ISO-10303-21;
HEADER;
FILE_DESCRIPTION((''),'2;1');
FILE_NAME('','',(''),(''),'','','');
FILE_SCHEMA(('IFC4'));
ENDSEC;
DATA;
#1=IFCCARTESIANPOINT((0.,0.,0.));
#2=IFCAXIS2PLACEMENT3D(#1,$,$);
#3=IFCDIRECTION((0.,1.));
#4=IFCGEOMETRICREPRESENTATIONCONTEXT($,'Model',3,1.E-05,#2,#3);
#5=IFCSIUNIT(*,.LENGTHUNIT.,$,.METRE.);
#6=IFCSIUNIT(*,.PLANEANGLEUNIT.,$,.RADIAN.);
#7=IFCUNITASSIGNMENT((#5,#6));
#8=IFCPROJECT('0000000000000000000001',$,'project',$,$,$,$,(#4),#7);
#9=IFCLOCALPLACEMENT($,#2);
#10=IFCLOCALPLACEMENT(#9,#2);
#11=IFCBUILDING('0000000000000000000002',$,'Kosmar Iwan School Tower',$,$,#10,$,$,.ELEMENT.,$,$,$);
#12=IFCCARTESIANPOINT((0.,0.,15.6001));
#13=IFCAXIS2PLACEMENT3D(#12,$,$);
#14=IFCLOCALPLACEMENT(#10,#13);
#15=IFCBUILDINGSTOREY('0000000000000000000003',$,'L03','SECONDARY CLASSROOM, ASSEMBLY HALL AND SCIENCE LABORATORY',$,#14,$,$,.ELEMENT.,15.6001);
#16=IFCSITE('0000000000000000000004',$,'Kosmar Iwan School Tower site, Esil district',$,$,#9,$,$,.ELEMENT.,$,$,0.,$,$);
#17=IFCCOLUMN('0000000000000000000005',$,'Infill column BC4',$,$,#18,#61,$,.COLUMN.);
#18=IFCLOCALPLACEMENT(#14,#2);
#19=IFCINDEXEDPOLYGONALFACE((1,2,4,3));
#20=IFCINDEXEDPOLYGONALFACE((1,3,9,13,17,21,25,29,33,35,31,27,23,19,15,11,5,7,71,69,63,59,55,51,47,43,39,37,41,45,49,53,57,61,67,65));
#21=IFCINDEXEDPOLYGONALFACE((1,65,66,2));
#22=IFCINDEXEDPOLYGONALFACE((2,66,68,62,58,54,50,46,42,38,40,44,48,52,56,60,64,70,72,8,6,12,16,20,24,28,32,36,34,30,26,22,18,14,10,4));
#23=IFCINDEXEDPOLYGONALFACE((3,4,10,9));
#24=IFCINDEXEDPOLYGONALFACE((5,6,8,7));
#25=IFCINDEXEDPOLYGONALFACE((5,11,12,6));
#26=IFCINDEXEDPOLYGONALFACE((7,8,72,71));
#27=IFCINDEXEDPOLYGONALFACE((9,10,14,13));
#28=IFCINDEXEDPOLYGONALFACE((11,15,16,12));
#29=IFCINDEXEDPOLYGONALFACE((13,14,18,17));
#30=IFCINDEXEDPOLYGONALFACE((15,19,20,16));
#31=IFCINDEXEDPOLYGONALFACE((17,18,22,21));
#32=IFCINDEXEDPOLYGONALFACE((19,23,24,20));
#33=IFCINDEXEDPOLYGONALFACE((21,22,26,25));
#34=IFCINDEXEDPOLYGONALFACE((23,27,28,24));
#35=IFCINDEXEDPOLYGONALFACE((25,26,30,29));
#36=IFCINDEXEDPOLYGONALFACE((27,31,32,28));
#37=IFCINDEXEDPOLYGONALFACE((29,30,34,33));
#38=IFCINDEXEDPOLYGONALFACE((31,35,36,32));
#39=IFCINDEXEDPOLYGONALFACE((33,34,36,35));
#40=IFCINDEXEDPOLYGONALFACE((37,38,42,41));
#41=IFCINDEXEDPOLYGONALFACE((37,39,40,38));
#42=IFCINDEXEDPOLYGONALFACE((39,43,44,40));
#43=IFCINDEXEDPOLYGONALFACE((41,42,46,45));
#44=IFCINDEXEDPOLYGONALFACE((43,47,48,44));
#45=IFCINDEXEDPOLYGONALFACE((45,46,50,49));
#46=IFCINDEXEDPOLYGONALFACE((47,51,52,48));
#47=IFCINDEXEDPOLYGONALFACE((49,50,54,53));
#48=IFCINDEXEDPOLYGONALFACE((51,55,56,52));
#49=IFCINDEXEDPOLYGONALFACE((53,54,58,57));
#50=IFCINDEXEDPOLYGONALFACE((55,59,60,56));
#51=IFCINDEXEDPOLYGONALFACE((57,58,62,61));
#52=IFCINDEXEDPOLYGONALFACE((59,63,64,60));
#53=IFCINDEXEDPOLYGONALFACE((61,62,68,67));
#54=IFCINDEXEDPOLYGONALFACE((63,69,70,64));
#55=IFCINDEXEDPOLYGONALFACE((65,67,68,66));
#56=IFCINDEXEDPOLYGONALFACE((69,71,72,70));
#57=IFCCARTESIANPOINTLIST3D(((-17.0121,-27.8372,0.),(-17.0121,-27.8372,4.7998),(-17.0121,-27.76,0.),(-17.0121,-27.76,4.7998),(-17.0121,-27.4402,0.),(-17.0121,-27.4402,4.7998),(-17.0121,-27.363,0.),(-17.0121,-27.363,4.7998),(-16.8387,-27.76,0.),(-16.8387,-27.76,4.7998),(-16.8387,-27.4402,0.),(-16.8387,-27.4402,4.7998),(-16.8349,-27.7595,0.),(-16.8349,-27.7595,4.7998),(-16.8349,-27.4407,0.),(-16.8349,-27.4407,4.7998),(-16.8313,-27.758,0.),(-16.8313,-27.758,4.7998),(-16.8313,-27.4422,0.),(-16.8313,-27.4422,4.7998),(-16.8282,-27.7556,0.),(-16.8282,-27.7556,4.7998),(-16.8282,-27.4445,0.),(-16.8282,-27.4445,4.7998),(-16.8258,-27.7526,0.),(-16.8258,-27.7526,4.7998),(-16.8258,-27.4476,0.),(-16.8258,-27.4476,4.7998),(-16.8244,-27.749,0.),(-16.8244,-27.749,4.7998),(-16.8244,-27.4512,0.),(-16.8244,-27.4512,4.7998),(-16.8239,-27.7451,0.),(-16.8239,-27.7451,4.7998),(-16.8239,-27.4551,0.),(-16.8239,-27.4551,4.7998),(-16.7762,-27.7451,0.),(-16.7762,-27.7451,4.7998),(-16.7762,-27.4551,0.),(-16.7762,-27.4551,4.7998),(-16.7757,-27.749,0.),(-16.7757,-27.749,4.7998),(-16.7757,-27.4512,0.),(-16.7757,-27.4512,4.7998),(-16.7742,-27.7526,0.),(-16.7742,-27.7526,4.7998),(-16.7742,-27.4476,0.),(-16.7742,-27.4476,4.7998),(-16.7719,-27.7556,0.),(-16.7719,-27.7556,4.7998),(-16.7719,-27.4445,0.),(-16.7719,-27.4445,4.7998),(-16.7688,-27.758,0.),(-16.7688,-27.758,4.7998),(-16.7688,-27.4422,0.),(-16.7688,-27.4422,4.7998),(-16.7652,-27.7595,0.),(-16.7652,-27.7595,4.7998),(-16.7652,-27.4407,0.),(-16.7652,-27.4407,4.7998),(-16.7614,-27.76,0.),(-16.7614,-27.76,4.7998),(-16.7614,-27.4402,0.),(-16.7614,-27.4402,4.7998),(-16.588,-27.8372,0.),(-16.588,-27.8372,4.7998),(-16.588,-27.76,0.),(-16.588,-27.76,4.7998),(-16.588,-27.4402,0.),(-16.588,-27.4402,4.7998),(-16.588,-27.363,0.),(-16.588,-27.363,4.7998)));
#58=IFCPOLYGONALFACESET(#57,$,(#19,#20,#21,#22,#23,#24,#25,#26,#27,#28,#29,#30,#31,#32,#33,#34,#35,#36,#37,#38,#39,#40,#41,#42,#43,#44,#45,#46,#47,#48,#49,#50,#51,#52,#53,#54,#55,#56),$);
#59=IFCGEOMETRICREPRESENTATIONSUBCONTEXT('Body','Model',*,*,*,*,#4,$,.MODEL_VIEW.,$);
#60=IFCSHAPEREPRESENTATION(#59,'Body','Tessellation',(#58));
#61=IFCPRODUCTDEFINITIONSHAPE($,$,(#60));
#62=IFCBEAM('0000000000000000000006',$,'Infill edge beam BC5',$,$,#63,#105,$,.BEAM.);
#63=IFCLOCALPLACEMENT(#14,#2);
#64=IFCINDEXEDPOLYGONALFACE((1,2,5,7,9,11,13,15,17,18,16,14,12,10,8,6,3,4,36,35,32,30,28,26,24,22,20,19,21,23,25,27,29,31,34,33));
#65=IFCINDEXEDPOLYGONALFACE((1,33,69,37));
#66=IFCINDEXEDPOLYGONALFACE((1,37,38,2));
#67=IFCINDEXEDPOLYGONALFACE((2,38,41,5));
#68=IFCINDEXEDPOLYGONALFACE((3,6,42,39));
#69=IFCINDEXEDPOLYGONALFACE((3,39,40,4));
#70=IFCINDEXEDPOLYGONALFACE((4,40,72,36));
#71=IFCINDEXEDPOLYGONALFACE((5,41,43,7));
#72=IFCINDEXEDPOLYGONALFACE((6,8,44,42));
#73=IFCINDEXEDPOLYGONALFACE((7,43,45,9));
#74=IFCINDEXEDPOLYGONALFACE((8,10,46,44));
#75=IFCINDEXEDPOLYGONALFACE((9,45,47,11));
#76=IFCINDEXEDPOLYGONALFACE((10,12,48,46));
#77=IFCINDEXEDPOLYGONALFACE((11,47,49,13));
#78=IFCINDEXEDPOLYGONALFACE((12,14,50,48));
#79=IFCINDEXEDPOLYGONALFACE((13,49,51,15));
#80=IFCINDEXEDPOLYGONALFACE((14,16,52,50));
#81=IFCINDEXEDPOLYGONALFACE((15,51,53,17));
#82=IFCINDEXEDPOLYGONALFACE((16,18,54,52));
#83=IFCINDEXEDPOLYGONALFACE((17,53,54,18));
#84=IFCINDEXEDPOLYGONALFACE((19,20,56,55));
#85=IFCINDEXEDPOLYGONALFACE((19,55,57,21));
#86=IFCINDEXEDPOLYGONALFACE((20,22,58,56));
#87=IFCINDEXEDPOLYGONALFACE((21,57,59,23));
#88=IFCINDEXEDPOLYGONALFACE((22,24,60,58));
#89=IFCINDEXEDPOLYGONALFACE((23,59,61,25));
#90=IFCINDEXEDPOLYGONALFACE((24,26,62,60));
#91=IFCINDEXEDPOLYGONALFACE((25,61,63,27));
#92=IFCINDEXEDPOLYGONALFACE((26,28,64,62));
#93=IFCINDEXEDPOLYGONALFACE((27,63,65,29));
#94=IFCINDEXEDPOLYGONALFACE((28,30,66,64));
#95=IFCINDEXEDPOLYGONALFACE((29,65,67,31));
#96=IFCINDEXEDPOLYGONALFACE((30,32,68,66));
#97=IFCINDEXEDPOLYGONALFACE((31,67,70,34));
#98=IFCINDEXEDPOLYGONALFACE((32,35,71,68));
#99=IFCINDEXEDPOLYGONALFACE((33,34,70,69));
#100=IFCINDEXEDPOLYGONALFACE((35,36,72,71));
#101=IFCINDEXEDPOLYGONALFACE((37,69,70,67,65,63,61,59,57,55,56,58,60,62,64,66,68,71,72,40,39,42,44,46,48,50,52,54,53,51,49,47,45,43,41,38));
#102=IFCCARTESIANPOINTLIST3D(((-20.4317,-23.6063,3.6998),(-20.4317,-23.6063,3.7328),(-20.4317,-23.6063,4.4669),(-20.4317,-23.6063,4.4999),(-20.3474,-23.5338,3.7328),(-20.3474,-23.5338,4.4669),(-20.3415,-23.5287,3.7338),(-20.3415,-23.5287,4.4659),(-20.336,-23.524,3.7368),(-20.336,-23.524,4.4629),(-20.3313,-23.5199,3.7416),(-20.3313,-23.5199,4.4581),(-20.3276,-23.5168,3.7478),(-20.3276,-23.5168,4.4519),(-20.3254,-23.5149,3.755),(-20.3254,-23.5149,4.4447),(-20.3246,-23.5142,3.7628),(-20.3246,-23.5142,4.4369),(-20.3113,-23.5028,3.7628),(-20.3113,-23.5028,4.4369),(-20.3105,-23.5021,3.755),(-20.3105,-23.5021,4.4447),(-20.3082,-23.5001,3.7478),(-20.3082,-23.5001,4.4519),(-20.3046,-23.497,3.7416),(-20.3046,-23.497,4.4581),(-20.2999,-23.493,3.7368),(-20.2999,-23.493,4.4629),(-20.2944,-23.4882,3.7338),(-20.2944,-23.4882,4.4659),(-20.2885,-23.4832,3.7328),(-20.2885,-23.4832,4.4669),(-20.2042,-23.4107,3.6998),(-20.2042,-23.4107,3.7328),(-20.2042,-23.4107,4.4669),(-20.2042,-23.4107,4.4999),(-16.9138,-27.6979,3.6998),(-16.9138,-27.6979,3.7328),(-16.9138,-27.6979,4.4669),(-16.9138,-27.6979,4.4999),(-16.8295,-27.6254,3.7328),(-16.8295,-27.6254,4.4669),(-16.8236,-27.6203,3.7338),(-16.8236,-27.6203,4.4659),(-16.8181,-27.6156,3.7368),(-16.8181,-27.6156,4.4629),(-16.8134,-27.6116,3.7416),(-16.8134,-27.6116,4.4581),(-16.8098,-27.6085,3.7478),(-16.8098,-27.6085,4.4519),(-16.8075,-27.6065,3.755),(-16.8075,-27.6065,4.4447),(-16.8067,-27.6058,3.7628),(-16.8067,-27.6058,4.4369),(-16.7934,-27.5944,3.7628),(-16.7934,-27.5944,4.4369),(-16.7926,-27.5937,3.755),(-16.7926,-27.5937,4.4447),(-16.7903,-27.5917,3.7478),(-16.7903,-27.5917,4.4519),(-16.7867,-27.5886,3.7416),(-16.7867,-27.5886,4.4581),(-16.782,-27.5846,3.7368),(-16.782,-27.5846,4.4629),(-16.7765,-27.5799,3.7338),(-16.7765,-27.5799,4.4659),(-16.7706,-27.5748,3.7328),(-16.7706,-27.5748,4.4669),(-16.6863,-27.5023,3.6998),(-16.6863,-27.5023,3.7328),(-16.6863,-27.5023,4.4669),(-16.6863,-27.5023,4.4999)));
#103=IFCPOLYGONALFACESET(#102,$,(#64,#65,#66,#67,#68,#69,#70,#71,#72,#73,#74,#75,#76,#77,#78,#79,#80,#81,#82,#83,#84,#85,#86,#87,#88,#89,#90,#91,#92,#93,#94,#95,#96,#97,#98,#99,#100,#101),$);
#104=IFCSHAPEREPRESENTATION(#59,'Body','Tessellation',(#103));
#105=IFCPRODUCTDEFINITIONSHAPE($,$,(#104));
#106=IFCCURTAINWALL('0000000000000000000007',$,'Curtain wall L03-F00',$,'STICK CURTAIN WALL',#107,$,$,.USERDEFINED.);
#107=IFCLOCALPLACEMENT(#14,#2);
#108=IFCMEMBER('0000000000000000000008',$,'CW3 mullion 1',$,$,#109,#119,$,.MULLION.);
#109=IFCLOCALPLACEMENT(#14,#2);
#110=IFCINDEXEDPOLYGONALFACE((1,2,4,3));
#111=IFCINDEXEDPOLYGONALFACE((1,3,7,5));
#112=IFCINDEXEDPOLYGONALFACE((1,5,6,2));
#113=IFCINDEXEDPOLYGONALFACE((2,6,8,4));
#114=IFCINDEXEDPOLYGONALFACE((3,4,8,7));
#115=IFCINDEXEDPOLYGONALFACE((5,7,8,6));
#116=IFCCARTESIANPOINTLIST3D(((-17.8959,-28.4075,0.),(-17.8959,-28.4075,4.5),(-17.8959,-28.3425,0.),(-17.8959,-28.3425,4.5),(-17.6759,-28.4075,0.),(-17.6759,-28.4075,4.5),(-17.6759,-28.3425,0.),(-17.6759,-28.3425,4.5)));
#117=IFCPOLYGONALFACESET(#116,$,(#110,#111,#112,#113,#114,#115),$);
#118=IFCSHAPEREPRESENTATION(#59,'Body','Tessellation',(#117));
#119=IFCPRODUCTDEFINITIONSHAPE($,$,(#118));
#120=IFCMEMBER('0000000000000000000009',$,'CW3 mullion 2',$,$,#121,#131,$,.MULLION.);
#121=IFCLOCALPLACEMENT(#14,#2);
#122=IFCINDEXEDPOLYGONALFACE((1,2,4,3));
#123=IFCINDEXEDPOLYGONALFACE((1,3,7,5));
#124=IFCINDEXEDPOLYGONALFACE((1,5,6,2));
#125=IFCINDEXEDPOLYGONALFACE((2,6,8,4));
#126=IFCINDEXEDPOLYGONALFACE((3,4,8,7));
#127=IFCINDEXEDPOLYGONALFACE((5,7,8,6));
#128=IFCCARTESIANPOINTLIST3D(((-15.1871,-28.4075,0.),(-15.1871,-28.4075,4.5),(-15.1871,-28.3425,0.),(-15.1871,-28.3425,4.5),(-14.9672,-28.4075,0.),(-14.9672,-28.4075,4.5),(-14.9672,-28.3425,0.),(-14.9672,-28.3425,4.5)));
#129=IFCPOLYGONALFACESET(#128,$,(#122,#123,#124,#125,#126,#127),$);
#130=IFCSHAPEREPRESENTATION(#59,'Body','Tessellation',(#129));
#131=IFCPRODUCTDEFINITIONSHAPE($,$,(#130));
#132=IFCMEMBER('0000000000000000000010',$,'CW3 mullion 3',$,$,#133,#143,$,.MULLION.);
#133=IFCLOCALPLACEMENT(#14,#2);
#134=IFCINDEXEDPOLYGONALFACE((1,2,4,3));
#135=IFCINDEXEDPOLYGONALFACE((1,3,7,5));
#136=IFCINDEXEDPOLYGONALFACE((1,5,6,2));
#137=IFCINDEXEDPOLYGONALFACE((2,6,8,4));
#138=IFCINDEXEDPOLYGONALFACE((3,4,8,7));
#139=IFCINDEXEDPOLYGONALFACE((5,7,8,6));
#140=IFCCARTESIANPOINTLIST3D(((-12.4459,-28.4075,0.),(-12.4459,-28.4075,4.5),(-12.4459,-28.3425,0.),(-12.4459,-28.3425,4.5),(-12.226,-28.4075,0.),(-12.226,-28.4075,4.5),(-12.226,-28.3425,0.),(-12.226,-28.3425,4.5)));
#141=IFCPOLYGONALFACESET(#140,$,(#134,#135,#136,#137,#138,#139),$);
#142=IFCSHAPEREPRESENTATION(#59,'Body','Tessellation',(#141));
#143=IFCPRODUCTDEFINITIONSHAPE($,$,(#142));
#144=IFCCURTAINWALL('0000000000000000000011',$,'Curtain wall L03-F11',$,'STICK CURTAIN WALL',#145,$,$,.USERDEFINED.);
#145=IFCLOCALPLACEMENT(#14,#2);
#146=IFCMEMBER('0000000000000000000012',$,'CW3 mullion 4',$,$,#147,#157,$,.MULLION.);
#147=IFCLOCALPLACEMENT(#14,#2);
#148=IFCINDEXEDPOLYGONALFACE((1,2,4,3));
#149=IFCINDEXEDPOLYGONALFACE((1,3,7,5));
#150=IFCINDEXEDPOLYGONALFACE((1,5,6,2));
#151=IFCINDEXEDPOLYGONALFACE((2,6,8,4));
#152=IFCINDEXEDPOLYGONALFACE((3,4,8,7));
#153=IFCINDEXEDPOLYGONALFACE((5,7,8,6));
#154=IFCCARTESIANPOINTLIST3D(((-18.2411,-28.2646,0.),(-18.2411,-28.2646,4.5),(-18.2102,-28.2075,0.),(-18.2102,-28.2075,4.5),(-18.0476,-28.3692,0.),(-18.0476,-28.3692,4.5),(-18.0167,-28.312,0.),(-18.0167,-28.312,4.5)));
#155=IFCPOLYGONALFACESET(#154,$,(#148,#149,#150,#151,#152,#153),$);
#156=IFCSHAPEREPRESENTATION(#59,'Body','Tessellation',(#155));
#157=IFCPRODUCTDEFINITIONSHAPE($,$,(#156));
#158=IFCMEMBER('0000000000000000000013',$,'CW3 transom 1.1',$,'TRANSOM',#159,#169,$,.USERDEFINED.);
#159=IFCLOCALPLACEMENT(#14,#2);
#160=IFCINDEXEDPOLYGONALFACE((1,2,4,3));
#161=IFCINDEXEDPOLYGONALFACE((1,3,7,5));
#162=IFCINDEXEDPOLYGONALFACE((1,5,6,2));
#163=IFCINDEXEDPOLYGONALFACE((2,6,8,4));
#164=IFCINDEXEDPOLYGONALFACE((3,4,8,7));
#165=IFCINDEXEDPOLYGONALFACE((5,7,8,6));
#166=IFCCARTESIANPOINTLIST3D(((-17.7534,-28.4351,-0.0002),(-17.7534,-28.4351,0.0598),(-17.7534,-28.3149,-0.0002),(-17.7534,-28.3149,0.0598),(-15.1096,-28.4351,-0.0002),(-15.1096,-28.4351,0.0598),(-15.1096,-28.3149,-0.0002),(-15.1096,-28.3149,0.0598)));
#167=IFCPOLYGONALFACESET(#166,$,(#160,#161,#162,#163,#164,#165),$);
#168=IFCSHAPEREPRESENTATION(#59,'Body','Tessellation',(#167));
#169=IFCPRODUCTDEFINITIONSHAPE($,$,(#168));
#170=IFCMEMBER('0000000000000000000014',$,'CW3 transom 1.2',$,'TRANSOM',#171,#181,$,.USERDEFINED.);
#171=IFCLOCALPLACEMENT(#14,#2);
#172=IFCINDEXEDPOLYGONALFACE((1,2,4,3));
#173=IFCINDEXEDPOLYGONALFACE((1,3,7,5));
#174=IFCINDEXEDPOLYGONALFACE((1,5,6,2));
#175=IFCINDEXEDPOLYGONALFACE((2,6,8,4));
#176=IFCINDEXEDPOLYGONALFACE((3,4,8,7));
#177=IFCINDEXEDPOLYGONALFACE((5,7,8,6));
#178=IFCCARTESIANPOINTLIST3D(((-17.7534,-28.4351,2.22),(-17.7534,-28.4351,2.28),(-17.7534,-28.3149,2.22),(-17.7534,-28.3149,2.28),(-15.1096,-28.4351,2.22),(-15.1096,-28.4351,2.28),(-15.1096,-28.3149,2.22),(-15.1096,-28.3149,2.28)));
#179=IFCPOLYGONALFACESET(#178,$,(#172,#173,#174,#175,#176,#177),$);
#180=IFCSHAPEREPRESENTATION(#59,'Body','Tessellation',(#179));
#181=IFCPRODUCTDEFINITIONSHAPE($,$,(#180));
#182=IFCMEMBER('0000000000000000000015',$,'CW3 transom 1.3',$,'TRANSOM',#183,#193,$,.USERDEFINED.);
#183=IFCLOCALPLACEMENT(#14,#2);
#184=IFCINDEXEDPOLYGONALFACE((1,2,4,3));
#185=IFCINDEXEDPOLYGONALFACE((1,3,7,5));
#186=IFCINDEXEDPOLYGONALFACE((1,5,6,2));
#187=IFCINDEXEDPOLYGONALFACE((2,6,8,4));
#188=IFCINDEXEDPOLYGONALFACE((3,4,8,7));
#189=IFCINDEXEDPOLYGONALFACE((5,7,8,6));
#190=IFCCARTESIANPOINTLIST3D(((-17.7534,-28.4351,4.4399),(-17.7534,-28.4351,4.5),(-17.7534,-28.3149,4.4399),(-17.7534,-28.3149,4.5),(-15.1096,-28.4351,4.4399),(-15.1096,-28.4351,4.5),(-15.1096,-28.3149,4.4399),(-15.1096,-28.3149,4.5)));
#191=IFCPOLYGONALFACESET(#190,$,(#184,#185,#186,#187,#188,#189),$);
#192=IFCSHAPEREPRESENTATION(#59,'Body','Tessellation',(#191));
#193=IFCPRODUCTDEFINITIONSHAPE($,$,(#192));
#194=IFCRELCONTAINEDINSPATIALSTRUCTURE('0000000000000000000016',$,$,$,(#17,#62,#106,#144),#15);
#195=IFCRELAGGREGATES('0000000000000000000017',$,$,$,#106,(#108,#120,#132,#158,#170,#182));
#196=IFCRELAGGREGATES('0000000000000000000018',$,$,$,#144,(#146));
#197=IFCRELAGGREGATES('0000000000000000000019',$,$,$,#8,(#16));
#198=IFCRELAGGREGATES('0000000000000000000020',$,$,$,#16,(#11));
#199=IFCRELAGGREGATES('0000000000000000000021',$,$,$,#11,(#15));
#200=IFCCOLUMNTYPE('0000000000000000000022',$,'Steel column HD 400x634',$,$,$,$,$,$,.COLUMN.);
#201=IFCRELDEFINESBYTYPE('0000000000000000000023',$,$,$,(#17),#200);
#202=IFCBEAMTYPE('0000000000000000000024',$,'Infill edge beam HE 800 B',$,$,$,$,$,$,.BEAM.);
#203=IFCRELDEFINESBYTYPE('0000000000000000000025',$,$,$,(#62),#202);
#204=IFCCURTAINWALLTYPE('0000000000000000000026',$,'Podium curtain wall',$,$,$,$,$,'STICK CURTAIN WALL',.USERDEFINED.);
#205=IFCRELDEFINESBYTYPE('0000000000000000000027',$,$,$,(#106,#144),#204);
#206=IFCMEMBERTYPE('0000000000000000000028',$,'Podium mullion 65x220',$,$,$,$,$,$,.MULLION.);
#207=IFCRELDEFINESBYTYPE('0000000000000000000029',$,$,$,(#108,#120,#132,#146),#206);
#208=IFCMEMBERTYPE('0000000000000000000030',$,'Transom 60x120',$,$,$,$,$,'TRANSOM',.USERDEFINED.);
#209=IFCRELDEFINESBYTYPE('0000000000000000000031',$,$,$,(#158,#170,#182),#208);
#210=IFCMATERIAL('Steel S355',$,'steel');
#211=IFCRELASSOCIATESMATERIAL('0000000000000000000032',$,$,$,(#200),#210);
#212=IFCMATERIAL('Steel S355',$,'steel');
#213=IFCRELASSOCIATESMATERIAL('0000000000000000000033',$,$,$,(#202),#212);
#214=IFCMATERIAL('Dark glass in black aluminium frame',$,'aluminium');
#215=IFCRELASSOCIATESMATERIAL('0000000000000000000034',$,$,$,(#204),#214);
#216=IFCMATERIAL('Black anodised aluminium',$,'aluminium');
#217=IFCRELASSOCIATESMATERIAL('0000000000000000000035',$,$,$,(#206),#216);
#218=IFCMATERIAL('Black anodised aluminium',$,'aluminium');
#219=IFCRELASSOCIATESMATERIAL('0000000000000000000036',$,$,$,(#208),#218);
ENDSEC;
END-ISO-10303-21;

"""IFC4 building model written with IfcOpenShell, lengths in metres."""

from ifc_helpers import new_model, si_unit, direction, frame, origin, origin_2d, place, context, subcontext, project, spatial, rectangle, i_section, extrude, material, material_profile, profile_set, type_object, element, aggregate, save


model = new_model("IFC4")

# Units and contexts
model_context = context("Model", 3, precision=1e-05, world=origin(), true_north=direction((0.0, 1.0)))
body_context = subcontext(model_context, "Body", "Model", "MODEL_VIEW")
ifc_project = project(units=[si_unit("LENGTHUNIT", "METRE"), si_unit("PLANEANGLEUNIT", "RADIAN")], contexts=[model_context])

# Site, building, storey
site_placement = place(None, origin())
site = spatial("IfcSite", under=ifc_project, at=site_placement, Name="Kosmar Iwan School Tower site, Esil district", CompositionType="ELEMENT", RefElevation=0.0)
building_placement = place(site_placement, origin())
building = spatial("IfcBuilding", under=site, at=building_placement, Name="Kosmar Iwan School Tower", CompositionType="ELEMENT")
storey_placement = place(building_placement, frame((0.0, 0.0, 15.6001)))
storey = spatial("IfcBuildingStorey", under=building, at=storey_placement, Name="L03", Description="SECONDARY CLASSROOM, ASSEMBLY HALL AND SCIENCE LABORATORY", CompositionType="ELEMENT", Elevation=15.6001)

# Column
ifc_material_1 = material(Name="Steel S355", Category="steel")
ifc_material_profile_1 = material_profile(ifc_material_1, i_section(OverallWidth=0.4241, OverallDepth=0.4741, WebThickness=0.0476, FlangeThickness=0.0771, FilletRadius=0.0149, at=origin_2d()), Name="HD 400x634")
ifc_profile_set_1 = profile_set([ifc_material_profile_1], Name="Steel S355")
column_type = type_object("IfcColumnType", Name="Steel column HD 400x634", PredefinedType="COLUMN", material=ifc_profile_set_1)
column_placement = place(storey_placement, frame((-16.8, -27.6001, 0.0), z_axis=(0.0, 0.0, 1.0), x_axis=(1.0, 0.0, 0.0)))
element("IfcColumn", 1, at=column_placement, inside=storey, type_object=column_type, Name="Infill column BC4", PredefinedType="COLUMN", context=body_context, shape_type="SweptSolid", body=[
    extrude(i_section(OverallWidth=0.4241, OverallDepth=0.4741, WebThickness=0.0476, FlangeThickness=0.0771, FilletRadius=0.0149, at=origin_2d()), origin(), (0.0, 0.0, 1.0), 4.7998),
])

# Beam
ifc_material_2 = material(Name="Steel S355", Category="steel")
ifc_material_profile_2 = material_profile(ifc_material_2, i_section(OverallWidth=0.3, OverallDepth=0.8, WebThickness=0.0176, FlangeThickness=0.033, FilletRadius=0.03, at=origin_2d()), Name="HE 800 B")
ifc_profile_set_2 = profile_set([ifc_material_profile_2], Name="Steel S355")
beam_type = type_object("IfcBeamType", Name="Infill edge beam HE 800 B", PredefinedType="BEAM", material=ifc_profile_set_2)
beam_placement = place(storey_placement, frame((-16.8, -27.6001, 4.0999), z_axis=(-0.651942, 0.758269, 0.0), x_axis=(-0.758269, -0.651942, 0.0)))
element("IfcBeam", 2, at=beam_placement, inside=storey, type_object=beam_type, Name="Infill edge beam BC5", PredefinedType="BEAM", context=body_context, shape_type="SweptSolid", body=[
    extrude(i_section(OverallWidth=0.3, OverallDepth=0.8, WebThickness=0.0176, FlangeThickness=0.033, FilletRadius=0.03, at=origin_2d()), origin(), (0.0, 0.0, 1.0), 5.396),
])

# Curtain wall, members
ifc_material_3 = material(Name="Dark glass in black aluminium frame", Category="aluminium")
curtain_wall_type = type_object("IfcCurtainWallType", Name="Podium curtain wall", ElementType="STICK CURTAIN WALL", PredefinedType="USERDEFINED", material=ifc_material_3)
curtain_wall_1_placement = place(storey_placement, origin())
curtain_wall_1 = element("IfcCurtainWall", 3, at=curtain_wall_1_placement, inside=storey, type_object=curtain_wall_type, Name="Curtain wall L03-F00", ObjectType="STICK CURTAIN WALL", PredefinedType="USERDEFINED")
ifc_material_4 = material(Name="Black anodised aluminium", Category="aluminium")
ifc_material_profile_3 = material_profile(ifc_material_4, rectangle(XDim=0.0649, YDim=0.22, at=origin_2d()), Name="MULLION 65x220")
ifc_profile_set_3 = profile_set([ifc_material_profile_3], Name="Black anodised aluminium")
member_type_1 = type_object("IfcMemberType", Name="Podium mullion 65x220", PredefinedType="MULLION", material=ifc_profile_set_3)
member_1_placement = place(storey_placement, frame((-17.7859, -28.375, 0.0), z_axis=(0.0, 0.0, 1.0), x_axis=(0.0, 1.0, 0.0)))
member_1 = element("IfcMember", 4, at=member_1_placement, type_object=member_type_1, Name="CW3 mullion 1", PredefinedType="MULLION", context=body_context, shape_type="SweptSolid", body=[
    extrude(rectangle(XDim=0.0649, YDim=0.22, at=origin_2d()), origin(), (0.0, 0.0, 1.0), 4.5),
])
member_2_placement = place(storey_placement, frame((-15.0771, -28.375, 0.0), z_axis=(0.0, 0.0, 1.0), x_axis=(0.0, 1.0, 0.0)))
member_2 = element("IfcMember", 5, at=member_2_placement, type_object=member_type_1, Name="CW3 mullion 2", PredefinedType="MULLION", context=body_context, shape_type="SweptSolid", body=[
    extrude(rectangle(XDim=0.0649, YDim=0.22, at=origin_2d()), origin(), (0.0, 0.0, 1.0), 4.5),
])
member_3_placement = place(storey_placement, frame((-12.3359, -28.375, 0.0), z_axis=(0.0, 0.0, 1.0), x_axis=(0.0, 1.0, 0.0)))
member_3 = element("IfcMember", 6, at=member_3_placement, type_object=member_type_1, Name="CW3 mullion 3", PredefinedType="MULLION", context=body_context, shape_type="SweptSolid", body=[
    extrude(rectangle(XDim=0.0649, YDim=0.22, at=origin_2d()), origin(), (0.0, 0.0, 1.0), 4.5),
])

# Curtain wall, member
curtain_wall_2_placement = place(storey_placement, origin())
curtain_wall_2 = element("IfcCurtainWall", 7, at=curtain_wall_2_placement, inside=storey, type_object=curtain_wall_type, Name="Curtain wall L03-F11", ObjectType="STICK CURTAIN WALL", PredefinedType="USERDEFINED")
member_4_placement = place(storey_placement, frame((-18.1289, -28.2883, 0.0), z_axis=(0.0, 0.0, 1.0), x_axis=(0.475215, 0.879869, 0.0)))
member_4 = element("IfcMember", 8, at=member_4_placement, type_object=member_type_1, Name="CW3 mullion 4", PredefinedType="MULLION", context=body_context, shape_type="SweptSolid", body=[
    extrude(rectangle(XDim=0.0649, YDim=0.22, at=origin_2d()), origin(), (0.0, 0.0, 1.0), 4.5),
])

# Members
ifc_material_5 = material(Name="Black anodised aluminium", Category="aluminium")
ifc_material_profile_4 = material_profile(ifc_material_5, rectangle(XDim=0.1201, YDim=0.0601, at=origin_2d()), Name="TRANSOM 60x120")
ifc_profile_set_4 = profile_set([ifc_material_profile_4], Name="Black anodised aluminium")
member_type_2 = type_object("IfcMemberType", Name="Transom 60x120", ElementType="TRANSOM", PredefinedType="USERDEFINED", material=ifc_profile_set_4)
member_5_placement = place(storey_placement, frame((-17.7534, -28.375, 0.0298), z_axis=(1.0, 0.0, 0.0), x_axis=(0.0, 1.0, 0.0)))
member_5 = element("IfcMember", 9, at=member_5_placement, type_object=member_type_2, Name="CW3 transom 1.1", ObjectType="TRANSOM", PredefinedType="USERDEFINED", context=body_context, shape_type="SweptSolid", body=[
    extrude(rectangle(XDim=0.1201, YDim=0.0601, at=origin_2d()), origin(), (0.0, 0.0, 1.0), 2.6438),
])
member_6_placement = place(storey_placement, frame((-17.7534, -28.375, 2.25), z_axis=(1.0, 0.0, 0.0), x_axis=(0.0, 1.0, 0.0)))
member_6 = element("IfcMember", 10, at=member_6_placement, type_object=member_type_2, Name="CW3 transom 1.2", ObjectType="TRANSOM", PredefinedType="USERDEFINED", context=body_context, shape_type="SweptSolid", body=[
    extrude(rectangle(XDim=0.1201, YDim=0.0601, at=origin_2d()), origin(), (0.0, 0.0, 1.0), 2.6438),
])
member_7_placement = place(storey_placement, frame((-17.7534, -28.375, 4.47), z_axis=(1.0, 0.0, 0.0), x_axis=(0.0, 1.0, 0.0)))
member_7 = element("IfcMember", 11, at=member_7_placement, type_object=member_type_2, Name="CW3 transom 1.3", ObjectType="TRANSOM", PredefinedType="USERDEFINED", context=body_context, shape_type="SweptSolid", body=[
    extrude(rectangle(XDim=0.1201, YDim=0.0601, at=origin_2d()), origin(), (0.0, 0.0, 1.0), 2.6438),
])

aggregate(curtain_wall_1, [member_1, member_2, member_3, member_5, member_6, member_7])
aggregate(curtain_wall_2, [member_4])

save(model, "model.ifc")
